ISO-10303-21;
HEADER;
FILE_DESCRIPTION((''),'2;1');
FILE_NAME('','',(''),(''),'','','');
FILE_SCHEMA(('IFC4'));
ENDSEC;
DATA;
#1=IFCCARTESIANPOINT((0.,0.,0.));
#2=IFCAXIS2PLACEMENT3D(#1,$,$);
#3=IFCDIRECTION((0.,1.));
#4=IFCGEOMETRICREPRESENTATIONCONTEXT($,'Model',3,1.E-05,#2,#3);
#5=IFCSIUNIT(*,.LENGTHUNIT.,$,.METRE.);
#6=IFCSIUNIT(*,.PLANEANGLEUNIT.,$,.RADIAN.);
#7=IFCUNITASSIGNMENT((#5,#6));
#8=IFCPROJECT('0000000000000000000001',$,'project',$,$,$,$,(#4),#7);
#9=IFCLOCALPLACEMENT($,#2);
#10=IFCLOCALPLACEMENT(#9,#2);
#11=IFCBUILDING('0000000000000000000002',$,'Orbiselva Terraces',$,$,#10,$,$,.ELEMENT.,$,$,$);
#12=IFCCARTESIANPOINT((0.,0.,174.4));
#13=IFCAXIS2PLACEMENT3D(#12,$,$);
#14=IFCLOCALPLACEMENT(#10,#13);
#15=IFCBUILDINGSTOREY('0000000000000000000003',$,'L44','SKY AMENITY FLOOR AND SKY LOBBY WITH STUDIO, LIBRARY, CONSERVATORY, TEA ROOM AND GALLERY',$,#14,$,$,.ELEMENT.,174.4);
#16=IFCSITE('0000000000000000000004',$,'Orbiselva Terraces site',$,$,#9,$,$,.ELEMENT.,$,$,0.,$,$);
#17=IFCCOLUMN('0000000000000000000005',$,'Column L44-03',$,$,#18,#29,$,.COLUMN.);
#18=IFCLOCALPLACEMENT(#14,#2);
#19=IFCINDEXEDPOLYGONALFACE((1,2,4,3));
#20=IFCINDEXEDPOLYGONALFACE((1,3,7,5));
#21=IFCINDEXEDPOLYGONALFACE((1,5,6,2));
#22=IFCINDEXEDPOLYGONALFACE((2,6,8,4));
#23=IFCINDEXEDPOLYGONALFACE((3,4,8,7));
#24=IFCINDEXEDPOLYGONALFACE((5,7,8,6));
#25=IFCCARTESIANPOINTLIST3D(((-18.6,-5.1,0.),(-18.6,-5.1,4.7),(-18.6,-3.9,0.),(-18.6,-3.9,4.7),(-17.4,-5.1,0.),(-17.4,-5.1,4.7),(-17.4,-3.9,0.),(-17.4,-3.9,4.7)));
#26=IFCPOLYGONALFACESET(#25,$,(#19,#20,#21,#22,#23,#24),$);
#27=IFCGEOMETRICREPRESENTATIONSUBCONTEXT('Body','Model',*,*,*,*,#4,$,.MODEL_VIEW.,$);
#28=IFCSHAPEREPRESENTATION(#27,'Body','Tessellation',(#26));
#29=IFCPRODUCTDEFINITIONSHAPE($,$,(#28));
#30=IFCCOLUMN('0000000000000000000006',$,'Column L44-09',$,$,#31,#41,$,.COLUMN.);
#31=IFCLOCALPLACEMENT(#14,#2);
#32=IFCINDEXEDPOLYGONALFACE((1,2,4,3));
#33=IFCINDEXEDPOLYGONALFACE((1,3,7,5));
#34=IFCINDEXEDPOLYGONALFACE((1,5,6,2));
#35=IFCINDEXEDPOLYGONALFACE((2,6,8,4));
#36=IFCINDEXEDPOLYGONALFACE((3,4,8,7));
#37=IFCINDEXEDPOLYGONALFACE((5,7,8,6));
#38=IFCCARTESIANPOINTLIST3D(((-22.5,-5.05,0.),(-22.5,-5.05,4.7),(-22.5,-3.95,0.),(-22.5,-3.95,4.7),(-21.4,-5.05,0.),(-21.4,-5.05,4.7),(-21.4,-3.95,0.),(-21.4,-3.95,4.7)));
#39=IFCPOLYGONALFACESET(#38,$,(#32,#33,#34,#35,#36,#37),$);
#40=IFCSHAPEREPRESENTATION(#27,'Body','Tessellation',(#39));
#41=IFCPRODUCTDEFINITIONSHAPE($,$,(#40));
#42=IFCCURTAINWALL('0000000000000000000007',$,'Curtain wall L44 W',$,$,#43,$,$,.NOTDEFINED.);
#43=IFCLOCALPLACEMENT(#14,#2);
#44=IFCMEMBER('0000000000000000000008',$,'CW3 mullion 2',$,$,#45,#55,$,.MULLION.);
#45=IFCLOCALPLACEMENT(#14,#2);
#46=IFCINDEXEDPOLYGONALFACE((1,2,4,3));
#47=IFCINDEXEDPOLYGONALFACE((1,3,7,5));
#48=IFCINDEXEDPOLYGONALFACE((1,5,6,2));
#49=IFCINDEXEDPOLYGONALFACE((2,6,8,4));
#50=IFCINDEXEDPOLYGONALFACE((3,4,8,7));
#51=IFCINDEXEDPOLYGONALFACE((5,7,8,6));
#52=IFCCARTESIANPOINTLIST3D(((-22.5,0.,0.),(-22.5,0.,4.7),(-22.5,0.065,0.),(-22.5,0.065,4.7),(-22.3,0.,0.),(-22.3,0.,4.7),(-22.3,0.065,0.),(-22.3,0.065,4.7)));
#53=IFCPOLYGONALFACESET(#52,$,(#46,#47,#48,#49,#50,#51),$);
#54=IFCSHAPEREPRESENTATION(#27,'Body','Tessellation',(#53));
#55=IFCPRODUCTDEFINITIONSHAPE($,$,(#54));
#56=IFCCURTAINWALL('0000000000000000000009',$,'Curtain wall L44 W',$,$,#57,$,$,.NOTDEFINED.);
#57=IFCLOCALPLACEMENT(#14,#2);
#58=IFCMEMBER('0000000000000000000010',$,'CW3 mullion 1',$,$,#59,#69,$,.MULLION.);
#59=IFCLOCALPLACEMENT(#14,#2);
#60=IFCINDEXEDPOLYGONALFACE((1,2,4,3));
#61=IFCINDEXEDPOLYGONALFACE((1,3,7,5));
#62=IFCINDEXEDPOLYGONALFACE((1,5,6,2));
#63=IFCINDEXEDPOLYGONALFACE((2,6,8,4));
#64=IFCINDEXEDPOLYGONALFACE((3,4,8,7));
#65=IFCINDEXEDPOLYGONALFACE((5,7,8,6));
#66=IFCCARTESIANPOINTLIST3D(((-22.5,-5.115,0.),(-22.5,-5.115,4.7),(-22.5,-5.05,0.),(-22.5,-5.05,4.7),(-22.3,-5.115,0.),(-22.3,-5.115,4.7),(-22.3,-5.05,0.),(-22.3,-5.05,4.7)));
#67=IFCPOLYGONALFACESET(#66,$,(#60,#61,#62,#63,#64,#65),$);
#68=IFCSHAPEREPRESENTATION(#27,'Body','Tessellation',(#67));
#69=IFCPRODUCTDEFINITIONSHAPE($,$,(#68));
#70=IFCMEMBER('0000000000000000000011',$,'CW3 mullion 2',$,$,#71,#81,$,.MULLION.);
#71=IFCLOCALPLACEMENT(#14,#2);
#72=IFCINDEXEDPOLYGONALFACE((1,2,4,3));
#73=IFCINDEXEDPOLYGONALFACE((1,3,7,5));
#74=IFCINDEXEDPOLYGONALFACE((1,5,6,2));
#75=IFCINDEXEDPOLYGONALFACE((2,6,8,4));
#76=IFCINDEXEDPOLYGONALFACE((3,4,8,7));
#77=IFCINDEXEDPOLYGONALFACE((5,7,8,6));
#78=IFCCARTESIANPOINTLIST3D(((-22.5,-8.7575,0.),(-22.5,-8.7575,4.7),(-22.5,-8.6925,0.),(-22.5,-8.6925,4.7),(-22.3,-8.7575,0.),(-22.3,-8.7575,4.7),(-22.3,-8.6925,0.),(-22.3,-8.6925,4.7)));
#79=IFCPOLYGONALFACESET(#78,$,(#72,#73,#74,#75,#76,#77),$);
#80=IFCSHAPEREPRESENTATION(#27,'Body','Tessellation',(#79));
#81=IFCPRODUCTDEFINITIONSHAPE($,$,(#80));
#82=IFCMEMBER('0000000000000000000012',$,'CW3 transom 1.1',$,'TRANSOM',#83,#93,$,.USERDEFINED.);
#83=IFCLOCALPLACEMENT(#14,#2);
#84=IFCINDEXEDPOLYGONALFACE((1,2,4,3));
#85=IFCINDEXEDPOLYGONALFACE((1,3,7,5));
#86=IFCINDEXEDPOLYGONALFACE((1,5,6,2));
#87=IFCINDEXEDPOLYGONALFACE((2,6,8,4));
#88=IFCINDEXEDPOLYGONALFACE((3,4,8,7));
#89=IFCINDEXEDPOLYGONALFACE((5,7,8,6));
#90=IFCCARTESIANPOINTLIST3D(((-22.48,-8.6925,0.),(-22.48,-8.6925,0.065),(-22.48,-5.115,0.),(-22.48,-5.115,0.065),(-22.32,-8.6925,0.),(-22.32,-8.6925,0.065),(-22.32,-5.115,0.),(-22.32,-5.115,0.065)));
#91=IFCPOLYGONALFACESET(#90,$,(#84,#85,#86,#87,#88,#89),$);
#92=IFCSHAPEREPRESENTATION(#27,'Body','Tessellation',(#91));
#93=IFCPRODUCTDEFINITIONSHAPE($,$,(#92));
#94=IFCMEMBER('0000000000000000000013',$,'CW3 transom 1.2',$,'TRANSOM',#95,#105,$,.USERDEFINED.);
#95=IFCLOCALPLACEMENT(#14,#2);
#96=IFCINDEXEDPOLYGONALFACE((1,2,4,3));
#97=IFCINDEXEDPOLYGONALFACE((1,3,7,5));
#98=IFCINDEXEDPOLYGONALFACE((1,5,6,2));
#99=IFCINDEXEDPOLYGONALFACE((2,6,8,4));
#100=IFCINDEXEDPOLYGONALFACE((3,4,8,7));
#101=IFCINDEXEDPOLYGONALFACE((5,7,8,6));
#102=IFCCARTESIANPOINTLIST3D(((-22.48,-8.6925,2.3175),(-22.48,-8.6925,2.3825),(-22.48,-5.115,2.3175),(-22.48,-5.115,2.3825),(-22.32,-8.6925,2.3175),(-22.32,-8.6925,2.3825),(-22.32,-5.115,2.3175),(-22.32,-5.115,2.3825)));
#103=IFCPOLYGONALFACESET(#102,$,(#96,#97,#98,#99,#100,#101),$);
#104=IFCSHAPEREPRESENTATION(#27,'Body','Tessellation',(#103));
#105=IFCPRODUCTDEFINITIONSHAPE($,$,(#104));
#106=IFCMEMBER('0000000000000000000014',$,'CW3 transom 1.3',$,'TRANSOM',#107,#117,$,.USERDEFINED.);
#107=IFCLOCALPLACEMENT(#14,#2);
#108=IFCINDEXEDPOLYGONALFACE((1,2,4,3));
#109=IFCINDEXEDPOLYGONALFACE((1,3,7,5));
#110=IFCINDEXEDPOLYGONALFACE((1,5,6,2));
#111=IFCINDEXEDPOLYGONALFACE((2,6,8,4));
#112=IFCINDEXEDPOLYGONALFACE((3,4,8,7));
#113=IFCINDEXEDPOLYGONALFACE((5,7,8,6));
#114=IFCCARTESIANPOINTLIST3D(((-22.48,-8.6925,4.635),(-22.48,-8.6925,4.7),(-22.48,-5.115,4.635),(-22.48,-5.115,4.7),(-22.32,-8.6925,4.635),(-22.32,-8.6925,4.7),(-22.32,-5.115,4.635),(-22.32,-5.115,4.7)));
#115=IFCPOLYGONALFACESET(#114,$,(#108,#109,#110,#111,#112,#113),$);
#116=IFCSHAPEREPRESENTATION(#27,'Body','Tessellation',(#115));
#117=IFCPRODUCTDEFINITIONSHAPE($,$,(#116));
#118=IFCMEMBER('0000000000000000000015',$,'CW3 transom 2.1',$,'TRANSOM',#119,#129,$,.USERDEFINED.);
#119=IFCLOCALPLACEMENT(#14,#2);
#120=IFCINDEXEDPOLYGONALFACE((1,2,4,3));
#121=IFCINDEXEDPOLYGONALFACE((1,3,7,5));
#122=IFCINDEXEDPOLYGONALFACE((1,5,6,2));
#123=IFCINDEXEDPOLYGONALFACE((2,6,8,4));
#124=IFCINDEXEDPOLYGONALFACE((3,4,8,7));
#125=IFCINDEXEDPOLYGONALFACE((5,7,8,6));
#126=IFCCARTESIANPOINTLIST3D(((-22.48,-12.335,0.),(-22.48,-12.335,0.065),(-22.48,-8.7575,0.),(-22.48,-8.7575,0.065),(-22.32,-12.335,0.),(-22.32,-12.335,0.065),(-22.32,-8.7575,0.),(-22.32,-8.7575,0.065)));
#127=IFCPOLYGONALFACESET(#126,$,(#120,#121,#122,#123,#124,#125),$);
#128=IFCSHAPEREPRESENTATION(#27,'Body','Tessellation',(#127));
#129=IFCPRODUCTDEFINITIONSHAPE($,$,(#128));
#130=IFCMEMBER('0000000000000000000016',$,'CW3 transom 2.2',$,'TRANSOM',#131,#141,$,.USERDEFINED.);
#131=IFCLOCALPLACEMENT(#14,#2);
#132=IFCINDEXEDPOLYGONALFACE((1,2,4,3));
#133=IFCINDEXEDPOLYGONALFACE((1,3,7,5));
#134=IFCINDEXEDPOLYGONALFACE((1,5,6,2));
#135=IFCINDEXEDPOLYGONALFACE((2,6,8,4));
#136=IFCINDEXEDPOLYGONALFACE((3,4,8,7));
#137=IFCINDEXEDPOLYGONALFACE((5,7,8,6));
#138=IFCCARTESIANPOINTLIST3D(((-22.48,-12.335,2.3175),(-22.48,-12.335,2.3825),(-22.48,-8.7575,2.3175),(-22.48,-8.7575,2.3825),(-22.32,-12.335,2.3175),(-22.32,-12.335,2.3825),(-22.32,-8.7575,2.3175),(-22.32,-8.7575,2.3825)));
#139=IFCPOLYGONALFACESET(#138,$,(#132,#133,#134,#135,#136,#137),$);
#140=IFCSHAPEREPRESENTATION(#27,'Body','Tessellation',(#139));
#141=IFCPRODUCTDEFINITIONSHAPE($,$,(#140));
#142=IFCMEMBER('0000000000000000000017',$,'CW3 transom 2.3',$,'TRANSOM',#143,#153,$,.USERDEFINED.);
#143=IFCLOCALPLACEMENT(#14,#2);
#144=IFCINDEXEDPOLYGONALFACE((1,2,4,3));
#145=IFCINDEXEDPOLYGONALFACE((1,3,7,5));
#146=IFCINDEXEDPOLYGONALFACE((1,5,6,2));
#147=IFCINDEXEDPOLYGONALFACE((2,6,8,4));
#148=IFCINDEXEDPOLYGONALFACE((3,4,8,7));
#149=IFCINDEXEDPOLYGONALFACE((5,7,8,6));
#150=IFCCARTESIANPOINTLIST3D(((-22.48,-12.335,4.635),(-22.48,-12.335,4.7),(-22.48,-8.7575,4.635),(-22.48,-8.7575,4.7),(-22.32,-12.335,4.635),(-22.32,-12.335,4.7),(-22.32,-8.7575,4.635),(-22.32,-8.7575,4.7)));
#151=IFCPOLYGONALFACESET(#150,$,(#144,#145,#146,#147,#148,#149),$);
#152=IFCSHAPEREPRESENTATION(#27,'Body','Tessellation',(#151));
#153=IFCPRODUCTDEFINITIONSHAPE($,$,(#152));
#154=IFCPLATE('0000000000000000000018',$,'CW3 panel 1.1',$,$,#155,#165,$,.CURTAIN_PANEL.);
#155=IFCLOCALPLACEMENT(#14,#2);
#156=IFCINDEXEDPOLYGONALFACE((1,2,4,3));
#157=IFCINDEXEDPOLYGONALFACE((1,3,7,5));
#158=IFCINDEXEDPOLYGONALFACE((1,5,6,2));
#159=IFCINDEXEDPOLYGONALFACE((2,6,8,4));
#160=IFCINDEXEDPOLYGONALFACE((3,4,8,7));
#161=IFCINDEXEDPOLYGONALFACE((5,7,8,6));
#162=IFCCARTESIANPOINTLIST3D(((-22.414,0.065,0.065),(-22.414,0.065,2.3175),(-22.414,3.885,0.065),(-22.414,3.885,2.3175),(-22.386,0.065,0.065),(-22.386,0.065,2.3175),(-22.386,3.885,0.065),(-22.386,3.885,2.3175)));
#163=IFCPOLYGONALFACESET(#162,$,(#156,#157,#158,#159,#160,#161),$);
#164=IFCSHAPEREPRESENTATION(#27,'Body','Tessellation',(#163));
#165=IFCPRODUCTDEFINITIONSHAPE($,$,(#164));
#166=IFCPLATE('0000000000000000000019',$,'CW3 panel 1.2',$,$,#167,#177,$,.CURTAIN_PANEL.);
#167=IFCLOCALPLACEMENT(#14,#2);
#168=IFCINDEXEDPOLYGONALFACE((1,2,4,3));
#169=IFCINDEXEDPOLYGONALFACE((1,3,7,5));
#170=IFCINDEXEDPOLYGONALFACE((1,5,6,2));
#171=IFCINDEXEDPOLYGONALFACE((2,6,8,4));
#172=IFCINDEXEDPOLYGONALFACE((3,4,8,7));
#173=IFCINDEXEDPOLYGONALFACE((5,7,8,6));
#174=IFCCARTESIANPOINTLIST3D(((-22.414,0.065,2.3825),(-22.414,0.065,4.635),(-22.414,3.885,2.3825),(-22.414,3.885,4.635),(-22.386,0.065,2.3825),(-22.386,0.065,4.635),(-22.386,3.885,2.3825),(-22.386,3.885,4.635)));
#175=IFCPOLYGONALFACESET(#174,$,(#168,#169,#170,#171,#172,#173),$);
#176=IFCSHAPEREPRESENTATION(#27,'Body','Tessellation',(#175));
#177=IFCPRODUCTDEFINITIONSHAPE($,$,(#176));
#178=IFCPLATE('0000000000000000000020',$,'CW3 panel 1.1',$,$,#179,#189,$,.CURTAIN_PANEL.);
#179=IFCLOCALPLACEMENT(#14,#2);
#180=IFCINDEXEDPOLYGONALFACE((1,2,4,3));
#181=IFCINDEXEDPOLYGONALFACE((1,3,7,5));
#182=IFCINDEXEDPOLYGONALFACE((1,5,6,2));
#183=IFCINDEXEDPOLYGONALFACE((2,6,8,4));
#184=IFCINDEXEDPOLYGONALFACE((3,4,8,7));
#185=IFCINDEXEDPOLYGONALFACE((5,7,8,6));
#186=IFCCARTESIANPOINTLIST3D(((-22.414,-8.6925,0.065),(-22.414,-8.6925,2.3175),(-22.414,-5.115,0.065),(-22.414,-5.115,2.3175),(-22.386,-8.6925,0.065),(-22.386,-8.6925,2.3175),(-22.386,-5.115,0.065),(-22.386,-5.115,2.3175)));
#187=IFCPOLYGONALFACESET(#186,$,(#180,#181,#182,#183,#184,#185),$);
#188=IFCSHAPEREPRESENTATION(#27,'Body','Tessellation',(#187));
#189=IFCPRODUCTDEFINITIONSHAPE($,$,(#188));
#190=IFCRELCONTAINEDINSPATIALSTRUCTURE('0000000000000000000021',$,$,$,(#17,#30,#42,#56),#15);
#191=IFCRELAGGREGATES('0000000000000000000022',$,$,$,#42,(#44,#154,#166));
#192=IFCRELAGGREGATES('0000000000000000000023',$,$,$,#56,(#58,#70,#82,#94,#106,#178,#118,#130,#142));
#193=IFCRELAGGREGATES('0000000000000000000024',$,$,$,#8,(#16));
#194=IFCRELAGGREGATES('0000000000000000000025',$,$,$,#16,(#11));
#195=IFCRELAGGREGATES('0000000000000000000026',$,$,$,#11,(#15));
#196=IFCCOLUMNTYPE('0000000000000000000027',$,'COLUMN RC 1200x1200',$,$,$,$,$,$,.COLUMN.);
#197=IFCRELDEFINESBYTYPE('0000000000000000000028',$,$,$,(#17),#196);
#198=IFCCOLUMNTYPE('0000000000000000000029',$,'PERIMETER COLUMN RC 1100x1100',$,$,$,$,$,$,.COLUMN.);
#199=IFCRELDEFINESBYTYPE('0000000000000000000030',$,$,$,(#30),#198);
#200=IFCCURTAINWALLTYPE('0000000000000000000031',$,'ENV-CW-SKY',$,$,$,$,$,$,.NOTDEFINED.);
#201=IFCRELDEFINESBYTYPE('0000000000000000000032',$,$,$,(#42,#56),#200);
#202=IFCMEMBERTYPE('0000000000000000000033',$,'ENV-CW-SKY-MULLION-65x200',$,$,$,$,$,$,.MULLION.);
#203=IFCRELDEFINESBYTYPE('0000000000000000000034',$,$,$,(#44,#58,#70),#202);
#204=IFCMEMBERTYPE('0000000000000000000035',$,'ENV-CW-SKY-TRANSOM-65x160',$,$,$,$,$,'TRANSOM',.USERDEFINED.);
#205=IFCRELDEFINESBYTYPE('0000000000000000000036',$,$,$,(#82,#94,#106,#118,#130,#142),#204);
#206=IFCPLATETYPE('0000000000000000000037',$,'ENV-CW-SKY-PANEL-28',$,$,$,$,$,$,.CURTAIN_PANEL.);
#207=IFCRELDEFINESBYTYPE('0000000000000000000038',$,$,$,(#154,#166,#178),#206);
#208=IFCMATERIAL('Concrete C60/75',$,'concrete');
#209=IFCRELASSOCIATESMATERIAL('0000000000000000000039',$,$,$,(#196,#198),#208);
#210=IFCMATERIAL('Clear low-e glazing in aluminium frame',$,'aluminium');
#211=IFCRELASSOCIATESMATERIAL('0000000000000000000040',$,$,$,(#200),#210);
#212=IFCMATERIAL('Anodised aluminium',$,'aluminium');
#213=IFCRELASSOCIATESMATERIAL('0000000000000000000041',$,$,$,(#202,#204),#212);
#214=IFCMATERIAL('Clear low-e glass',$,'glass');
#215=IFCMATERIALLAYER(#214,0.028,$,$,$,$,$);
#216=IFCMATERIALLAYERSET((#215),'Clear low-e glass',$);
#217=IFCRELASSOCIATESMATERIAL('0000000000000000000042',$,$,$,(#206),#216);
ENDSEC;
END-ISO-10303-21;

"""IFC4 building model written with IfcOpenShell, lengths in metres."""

from ifc_helpers import new_model, si_unit, direction, frame, origin, origin_2d, place, context, subcontext, project, spatial, rectangle, extrude, material, layer, layer_set, material_profile, profile_set, type_object, element, aggregate, save


model = new_model("IFC4")

# Units and contexts
model_context = context("Model", 3, precision=1e-05, world=origin(), true_north=direction((0.0, 1.0)))
body_context = subcontext(model_context, "Body", "Model", "MODEL_VIEW")
ifc_project = project(units=[si_unit("LENGTHUNIT", "METRE"), si_unit("PLANEANGLEUNIT", "RADIAN")], contexts=[model_context])

# Site, building, storey
site_placement = place(None, origin())
site = spatial("IfcSite", under=ifc_project, at=site_placement, Name="Orbiselva Terraces site", CompositionType="ELEMENT", RefElevation=0.0)
building_placement = place(site_placement, origin())
building = spatial("IfcBuilding", under=site, at=building_placement, Name="Orbiselva Terraces", CompositionType="ELEMENT")
storey_placement = place(building_placement, frame((0.0, 0.0, 174.4)))
storey = spatial("IfcBuildingStorey", under=building, at=storey_placement, Name="L44", Description="SKY AMENITY FLOOR AND SKY LOBBY WITH STUDIO, LIBRARY, CONSERVATORY, TEA ROOM AND GALLERY", CompositionType="ELEMENT", Elevation=174.4)

# Columns
ifc_material_1 = material(Name="Concrete C60/75", Category="concrete")
ifc_material_profile_1 = material_profile(ifc_material_1, rectangle(XDim=1.2, YDim=1.2, at=origin_2d()), Name="RC 1200x1200")
ifc_profile_set_1 = profile_set([ifc_material_profile_1], Name="Concrete C60/75")
column_type_1 = type_object("IfcColumnType", Name="COLUMN RC 1200x1200", PredefinedType="COLUMN", material=ifc_profile_set_1)
column_1_placement = place(storey_placement, frame((-18.0, -4.5, 0.0), z_axis=(0.0, 0.0, 1.0), x_axis=(1.0, 0.0, 0.0)))
element("IfcColumn", 1, at=column_1_placement, inside=storey, type_object=column_type_1, Name="Column L44-03", PredefinedType="COLUMN", context=body_context, shape_type="SweptSolid", body=[
    extrude(rectangle(XDim=1.2, YDim=1.2, at=origin_2d()), origin(), (0.0, 0.0, 1.0), 4.7),
])
ifc_material_profile_2 = material_profile(ifc_material_1, rectangle(XDim=1.1, YDim=1.1, at=origin_2d()), Name="RC 1100x1100")
ifc_profile_set_2 = profile_set([ifc_material_profile_2], Name="Concrete C60/75")
column_type_2 = type_object("IfcColumnType", Name="PERIMETER COLUMN RC 1100x1100", PredefinedType="COLUMN", material=ifc_profile_set_2)
column_2_placement = place(storey_placement, frame((-21.95, -4.5, 0.0), z_axis=(0.0, 0.0, 1.0), x_axis=(1.0, 0.0, 0.0)))
element("IfcColumn", 2, at=column_2_placement, inside=storey, type_object=column_type_2, Name="Column L44-09", PredefinedType="COLUMN", context=body_context, shape_type="SweptSolid", body=[
    extrude(rectangle(XDim=1.1, YDim=1.1, at=origin_2d()), origin(), (0.0, 0.0, 1.0), 4.7),
])

# Curtain wall, member
ifc_material_2 = material(Name="Clear low-e glazing in aluminium frame", Category="aluminium")
curtain_wall_type = type_object("IfcCurtainWallType", Name="ENV-CW-SKY", PredefinedType="NOTDEFINED", material=ifc_material_2)
curtain_wall_1_placement = place(storey_placement, origin())
curtain_wall_1 = element("IfcCurtainWall", 3, at=curtain_wall_1_placement, inside=storey, type_object=curtain_wall_type, Name="Curtain wall L44 W", PredefinedType="NOTDEFINED")
ifc_material_3 = material(Name="Anodised aluminium", Category="aluminium")
ifc_material_profile_3 = material_profile(ifc_material_3, rectangle(XDim=0.2, YDim=0.065, at=origin_2d()), Name="AL 65x200")
ifc_profile_set_3 = profile_set([ifc_material_profile_3], Name="Anodised aluminium")
member_type_1 = type_object("IfcMemberType", Name="ENV-CW-SKY-MULLION-65x200", PredefinedType="MULLION", material=ifc_profile_set_3)
member_1_placement = place(storey_placement, frame((-22.4, 0.0325, 0.0), z_axis=(0.0, 0.0, 1.0), x_axis=(1.0, 0.0, 0.0)))
member_1 = element("IfcMember", 4, at=member_1_placement, type_object=member_type_1, Name="CW3 mullion 2", PredefinedType="MULLION", context=body_context, shape_type="SweptSolid", body=[
    extrude(rectangle(XDim=0.2, YDim=0.065, at=origin_2d()), origin(), (0.0, 0.0, 1.0), 4.7),
])

# Curtain wall, members
curtain_wall_2_placement = place(storey_placement, origin())
curtain_wall_2 = element("IfcCurtainWall", 5, at=curtain_wall_2_placement, inside=storey, type_object=curtain_wall_type, Name="Curtain wall L44 W", PredefinedType="NOTDEFINED")
member_2_placement = place(storey_placement, frame((-22.4, -5.0825, 0.0), z_axis=(0.0, 0.0, 1.0), x_axis=(1.0, 0.0, 0.0)))
member_2 = element("IfcMember", 6, at=member_2_placement, type_object=member_type_1, Name="CW3 mullion 1", PredefinedType="MULLION", context=body_context, shape_type="SweptSolid", body=[
    extrude(rectangle(XDim=0.2, YDim=0.065, at=origin_2d()), origin(), (0.0, 0.0, 1.0), 4.7),
])
member_3_placement = place(storey_placement, frame((-22.4, -8.725, 0.0), z_axis=(0.0, 0.0, 1.0), x_axis=(1.0, 0.0, 0.0)))
member_3 = element("IfcMember", 7, at=member_3_placement, type_object=member_type_1, Name="CW3 mullion 2", PredefinedType="MULLION", context=body_context, shape_type="SweptSolid", body=[
    extrude(rectangle(XDim=0.2, YDim=0.065, at=origin_2d()), origin(), (0.0, 0.0, 1.0), 4.7),
])
ifc_material_profile_4 = material_profile(ifc_material_3, rectangle(XDim=0.16, YDim=0.065, at=origin_2d()), Name="AL 65x160")
ifc_profile_set_4 = profile_set([ifc_material_profile_4], Name="Anodised aluminium")
member_type_2 = type_object("IfcMemberType", Name="ENV-CW-SKY-TRANSOM-65x160", ElementType="TRANSOM", PredefinedType="USERDEFINED", material=ifc_profile_set_4)
member_4_placement = place(storey_placement, frame((-22.4, -5.115, 0.0325), z_axis=(0.0, -1.0, 0.0), x_axis=(1.0, 0.0, 0.0)))
member_4 = element("IfcMember", 8, at=member_4_placement, type_object=member_type_2, Name="CW3 transom 1.1", ObjectType="TRANSOM", PredefinedType="USERDEFINED", context=body_context, shape_type="SweptSolid", body=[
    extrude(rectangle(XDim=0.16, YDim=0.065, at=origin_2d()), origin(), (0.0, 0.0, 1.0), 3.5775),
])
member_5_placement = place(storey_placement, frame((-22.4, -5.115, 2.35), z_axis=(0.0, -1.0, 0.0), x_axis=(1.0, 0.0, 0.0)))
member_5 = element("IfcMember", 9, at=member_5_placement, type_object=member_type_2, Name="CW3 transom 1.2", ObjectType="TRANSOM", PredefinedType="USERDEFINED", context=body_context, shape_type="SweptSolid", body=[
    extrude(rectangle(XDim=0.16, YDim=0.065, at=origin_2d()), origin(), (0.0, 0.0, 1.0), 3.5775),
])
member_6_placement = place(storey_placement, frame((-22.4, -5.115, 4.6675), z_axis=(0.0, -1.0, 0.0), x_axis=(1.0, 0.0, 0.0)))
member_6 = element("IfcMember", 10, at=member_6_placement, type_object=member_type_2, Name="CW3 transom 1.3", ObjectType="TRANSOM", PredefinedType="USERDEFINED", context=body_context, shape_type="SweptSolid", body=[
    extrude(rectangle(XDim=0.16, YDim=0.065, at=origin_2d()), origin(), (0.0, 0.0, 1.0), 3.5775),
])
member_7_placement = place(storey_placement, frame((-22.4, -8.7575, 0.0325), z_axis=(0.0, -1.0, 0.0), x_axis=(1.0, 0.0, 0.0)))
member_7 = element("IfcMember", 11, at=member_7_placement, type_object=member_type_2, Name="CW3 transom 2.1", ObjectType="TRANSOM", PredefinedType="USERDEFINED", context=body_context, shape_type="SweptSolid", body=[
    extrude(rectangle(XDim=0.16, YDim=0.065, at=origin_2d()), origin(), (0.0, 0.0, 1.0), 3.5775),
])
member_8_placement = place(storey_placement, frame((-22.4, -8.7575, 2.35), z_axis=(0.0, -1.0, 0.0), x_axis=(1.0, 0.0, 0.0)))
member_8 = element("IfcMember", 12, at=member_8_placement, type_object=member_type_2, Name="CW3 transom 2.2", ObjectType="TRANSOM", PredefinedType="USERDEFINED", context=body_context, shape_type="SweptSolid", body=[
    extrude(rectangle(XDim=0.16, YDim=0.065, at=origin_2d()), origin(), (0.0, 0.0, 1.0), 3.5775),
])
member_9_placement = place(storey_placement, frame((-22.4, -8.7575, 4.6675), z_axis=(0.0, -1.0, 0.0), x_axis=(1.0, 0.0, 0.0)))
member_9 = element("IfcMember", 13, at=member_9_placement, type_object=member_type_2, Name="CW3 transom 2.3", ObjectType="TRANSOM", PredefinedType="USERDEFINED", context=body_context, shape_type="SweptSolid", body=[
    extrude(rectangle(XDim=0.16, YDim=0.065, at=origin_2d()), origin(), (0.0, 0.0, 1.0), 3.5775),
])

# Plates
ifc_material_4 = material(Name="Clear low-e glass", Category="glass")
ifc_layer_1 = layer(ifc_material_4, 0.028)
ifc_layer_set_1 = layer_set([ifc_layer_1], Name="Clear low-e glass")
plate_type = type_object("IfcPlateType", Name="ENV-CW-SKY-PANEL-28", PredefinedType="CURTAIN_PANEL", material=ifc_layer_set_1)
plate_1_placement = place(storey_placement, frame((-22.4, 1.975, 0.065), z_axis=(0.0, 0.0, 1.0), x_axis=(0.0, -1.0, 0.0)))
plate_1 = element("IfcPlate", 14, at=plate_1_placement, type_object=plate_type, Name="CW3 panel 1.1", PredefinedType="CURTAIN_PANEL", context=body_context, shape_type="SweptSolid", body=[
    extrude(rectangle(XDim=3.82, YDim=0.028, at=origin_2d()), origin(), (0.0, 0.0, 1.0), 2.2525),
])
plate_2_placement = place(storey_placement, frame((-22.4, 1.975, 2.3825), z_axis=(0.0, 0.0, 1.0), x_axis=(0.0, -1.0, 0.0)))
plate_2 = element("IfcPlate", 15, at=plate_2_placement, type_object=plate_type, Name="CW3 panel 1.2", PredefinedType="CURTAIN_PANEL", context=body_context, shape_type="SweptSolid", body=[
    extrude(rectangle(XDim=3.82, YDim=0.028, at=origin_2d()), origin(), (0.0, 0.0, 1.0), 2.2525),
])
aggregate(curtain_wall_1, [member_1, plate_1, plate_2])
plate_3_placement = place(storey_placement, frame((-22.4, -6.9037, 0.065), z_axis=(0.0, 0.0, 1.0), x_axis=(0.0, -1.0, 0.0)))
plate_3 = element("IfcPlate", 16, at=plate_3_placement, type_object=plate_type, Name="CW3 panel 1.1", PredefinedType="CURTAIN_PANEL", context=body_context, shape_type="SweptSolid", body=[
    extrude(rectangle(XDim=3.5775, YDim=0.028, at=origin_2d()), origin(), (0.0, 0.0, 1.0), 2.2525),
])
aggregate(curtain_wall_2, [member_2, member_3, member_4, member_5, member_6, plate_3, member_7, member_8, member_9])

save(model, "model.ifc")
